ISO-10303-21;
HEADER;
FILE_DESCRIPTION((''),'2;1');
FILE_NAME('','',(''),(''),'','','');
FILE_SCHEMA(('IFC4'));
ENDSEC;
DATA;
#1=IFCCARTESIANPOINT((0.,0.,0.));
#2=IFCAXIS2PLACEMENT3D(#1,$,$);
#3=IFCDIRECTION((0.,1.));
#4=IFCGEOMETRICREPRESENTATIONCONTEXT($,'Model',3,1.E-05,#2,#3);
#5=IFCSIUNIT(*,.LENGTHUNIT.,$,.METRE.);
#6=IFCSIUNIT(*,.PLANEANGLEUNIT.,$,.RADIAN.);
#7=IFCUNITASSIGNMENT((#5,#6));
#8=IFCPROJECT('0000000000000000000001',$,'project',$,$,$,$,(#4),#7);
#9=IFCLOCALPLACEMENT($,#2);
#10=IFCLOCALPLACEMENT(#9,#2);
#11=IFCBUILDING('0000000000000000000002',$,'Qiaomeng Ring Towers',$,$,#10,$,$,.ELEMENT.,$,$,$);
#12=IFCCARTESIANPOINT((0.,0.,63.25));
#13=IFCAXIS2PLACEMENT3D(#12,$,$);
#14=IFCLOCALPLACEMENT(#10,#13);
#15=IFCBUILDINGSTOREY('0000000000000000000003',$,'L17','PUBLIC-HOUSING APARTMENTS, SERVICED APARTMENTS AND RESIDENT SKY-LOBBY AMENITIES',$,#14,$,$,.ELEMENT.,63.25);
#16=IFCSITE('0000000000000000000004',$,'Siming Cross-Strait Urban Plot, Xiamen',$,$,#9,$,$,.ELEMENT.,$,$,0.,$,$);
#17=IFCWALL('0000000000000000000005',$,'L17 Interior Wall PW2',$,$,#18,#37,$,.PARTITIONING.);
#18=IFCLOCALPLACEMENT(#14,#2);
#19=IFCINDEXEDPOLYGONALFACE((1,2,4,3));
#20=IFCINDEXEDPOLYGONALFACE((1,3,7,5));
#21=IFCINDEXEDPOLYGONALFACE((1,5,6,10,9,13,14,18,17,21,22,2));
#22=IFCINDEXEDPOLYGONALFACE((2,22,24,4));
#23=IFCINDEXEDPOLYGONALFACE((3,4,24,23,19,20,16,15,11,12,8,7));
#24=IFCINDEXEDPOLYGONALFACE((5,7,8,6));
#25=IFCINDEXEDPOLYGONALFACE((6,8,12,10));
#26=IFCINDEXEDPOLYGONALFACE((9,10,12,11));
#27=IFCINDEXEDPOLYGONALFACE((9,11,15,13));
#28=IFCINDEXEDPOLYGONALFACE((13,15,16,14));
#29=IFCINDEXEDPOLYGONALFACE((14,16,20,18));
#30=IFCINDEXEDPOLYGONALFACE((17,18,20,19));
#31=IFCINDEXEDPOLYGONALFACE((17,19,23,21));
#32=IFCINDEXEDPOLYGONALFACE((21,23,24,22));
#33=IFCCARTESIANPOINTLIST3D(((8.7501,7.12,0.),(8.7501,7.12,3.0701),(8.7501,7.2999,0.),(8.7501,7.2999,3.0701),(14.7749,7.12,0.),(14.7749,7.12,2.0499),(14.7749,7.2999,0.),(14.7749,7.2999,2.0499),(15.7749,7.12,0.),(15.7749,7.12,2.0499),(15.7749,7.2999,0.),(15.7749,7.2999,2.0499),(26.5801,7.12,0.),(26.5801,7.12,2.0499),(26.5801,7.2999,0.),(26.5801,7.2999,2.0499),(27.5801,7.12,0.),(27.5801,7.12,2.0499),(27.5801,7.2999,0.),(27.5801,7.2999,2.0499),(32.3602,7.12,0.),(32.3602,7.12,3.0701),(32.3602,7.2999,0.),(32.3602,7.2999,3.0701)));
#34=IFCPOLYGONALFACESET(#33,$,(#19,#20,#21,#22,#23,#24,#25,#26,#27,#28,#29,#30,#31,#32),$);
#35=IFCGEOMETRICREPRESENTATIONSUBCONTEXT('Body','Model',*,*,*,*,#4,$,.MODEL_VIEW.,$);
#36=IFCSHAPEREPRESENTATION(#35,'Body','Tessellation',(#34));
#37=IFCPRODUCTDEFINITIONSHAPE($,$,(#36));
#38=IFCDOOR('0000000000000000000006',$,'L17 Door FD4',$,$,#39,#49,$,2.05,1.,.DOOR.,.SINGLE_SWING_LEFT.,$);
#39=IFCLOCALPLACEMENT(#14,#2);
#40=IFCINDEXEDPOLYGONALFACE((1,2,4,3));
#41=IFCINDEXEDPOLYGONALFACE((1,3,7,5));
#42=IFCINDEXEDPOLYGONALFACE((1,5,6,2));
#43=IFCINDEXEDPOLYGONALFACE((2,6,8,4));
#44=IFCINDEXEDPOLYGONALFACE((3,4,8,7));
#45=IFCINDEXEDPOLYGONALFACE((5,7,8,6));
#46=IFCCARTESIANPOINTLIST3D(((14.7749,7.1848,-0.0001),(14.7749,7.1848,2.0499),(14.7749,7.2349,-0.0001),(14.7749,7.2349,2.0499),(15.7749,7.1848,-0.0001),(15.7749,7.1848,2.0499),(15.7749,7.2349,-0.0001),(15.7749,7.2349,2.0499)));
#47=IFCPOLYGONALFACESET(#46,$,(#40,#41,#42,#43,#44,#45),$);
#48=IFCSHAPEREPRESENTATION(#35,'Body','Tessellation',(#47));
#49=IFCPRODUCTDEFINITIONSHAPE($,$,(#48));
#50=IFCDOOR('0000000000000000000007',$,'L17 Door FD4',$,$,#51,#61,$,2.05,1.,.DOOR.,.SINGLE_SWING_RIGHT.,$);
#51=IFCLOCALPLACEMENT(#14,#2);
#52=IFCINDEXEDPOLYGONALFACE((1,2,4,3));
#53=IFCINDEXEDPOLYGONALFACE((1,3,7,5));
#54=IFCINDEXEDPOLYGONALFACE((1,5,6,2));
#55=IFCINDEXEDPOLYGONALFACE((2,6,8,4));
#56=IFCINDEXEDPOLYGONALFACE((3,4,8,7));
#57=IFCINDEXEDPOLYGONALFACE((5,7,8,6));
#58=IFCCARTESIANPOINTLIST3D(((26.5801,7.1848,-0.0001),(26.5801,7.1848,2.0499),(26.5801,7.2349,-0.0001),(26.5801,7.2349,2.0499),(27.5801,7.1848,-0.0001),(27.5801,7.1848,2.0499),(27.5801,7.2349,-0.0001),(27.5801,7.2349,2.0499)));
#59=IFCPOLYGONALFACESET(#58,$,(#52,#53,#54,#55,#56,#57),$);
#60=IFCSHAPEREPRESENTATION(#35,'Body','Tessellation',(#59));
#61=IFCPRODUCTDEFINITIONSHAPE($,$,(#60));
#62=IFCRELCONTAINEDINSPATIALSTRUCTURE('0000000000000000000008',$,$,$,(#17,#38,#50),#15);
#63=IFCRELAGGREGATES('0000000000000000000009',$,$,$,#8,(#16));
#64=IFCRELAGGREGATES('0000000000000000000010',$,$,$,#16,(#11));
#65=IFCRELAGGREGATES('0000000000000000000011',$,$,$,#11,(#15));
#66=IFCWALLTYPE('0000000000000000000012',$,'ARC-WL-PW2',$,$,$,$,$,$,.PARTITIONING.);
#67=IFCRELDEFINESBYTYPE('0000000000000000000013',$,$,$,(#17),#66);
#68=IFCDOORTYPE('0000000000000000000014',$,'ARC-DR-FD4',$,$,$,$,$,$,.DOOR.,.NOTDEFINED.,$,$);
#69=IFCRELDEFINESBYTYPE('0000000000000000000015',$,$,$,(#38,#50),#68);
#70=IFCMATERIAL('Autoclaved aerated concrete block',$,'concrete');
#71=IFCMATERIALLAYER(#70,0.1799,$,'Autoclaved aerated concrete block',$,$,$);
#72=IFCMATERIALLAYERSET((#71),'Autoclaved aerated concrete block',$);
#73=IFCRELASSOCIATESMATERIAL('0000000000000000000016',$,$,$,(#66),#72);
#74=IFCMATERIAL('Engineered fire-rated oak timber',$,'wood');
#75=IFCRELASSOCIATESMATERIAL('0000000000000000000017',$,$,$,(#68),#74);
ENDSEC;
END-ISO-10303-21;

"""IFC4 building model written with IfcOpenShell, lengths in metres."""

from ifc_helpers import new_model, si_unit, direction, frame, frame_2d, origin, place, context, subcontext, project, spatial, rectangle, extrude, source, transform, mapped, material, layer, layer_set, type_object, element, fill, save


model = new_model("IFC4")

# Units and contexts
model_context = context("Model", 3, precision=1e-05, world=origin(), true_north=direction((0.0, 1.0)))
body_context = subcontext(model_context, "Body", "Model", "MODEL_VIEW")
ifc_project = project(units=[si_unit("LENGTHUNIT", "METRE"), si_unit("PLANEANGLEUNIT", "RADIAN")], contexts=[model_context])

# Site, building, storey
site_placement = place(None, origin())
site = spatial("IfcSite", under=ifc_project, at=site_placement, Name="Siming Cross-Strait Urban Plot, Xiamen", CompositionType="ELEMENT", RefElevation=0.0)
building_placement = place(site_placement, origin())
building = spatial("IfcBuilding", under=site, at=building_placement, Name="Qiaomeng Ring Towers", CompositionType="ELEMENT")
storey_placement = place(building_placement, frame((0.0, 0.0, 63.25)))
storey = spatial("IfcBuildingStorey", under=building, at=storey_placement, Name="L17", Description="PUBLIC-HOUSING APARTMENTS, SERVICED APARTMENTS AND RESIDENT SKY-LOBBY AMENITIES", CompositionType="ELEMENT", Elevation=63.25)

# Wall, openings, doors
ifc_material_1 = material(Name="Autoclaved aerated concrete block", Category="concrete")
ifc_layer_1 = layer(ifc_material_1, 0.1799, Name="Autoclaved aerated concrete block")
ifc_layer_set_1 = layer_set([ifc_layer_1], Name="Autoclaved aerated concrete block")
wall_type_1 = type_object("IfcWallType", Name="ARC-WL-PW2", PredefinedType="PARTITIONING", material=ifc_layer_set_1)
wall_1_placement = place(storey_placement, frame((8.75, 7.21, 0.0), z_axis=(0.0, 0.0, 1.0), x_axis=(1.0, 0.0, 0.0)))
wall_1 = element("IfcWall", 1, at=wall_1_placement, inside=storey, type_object=wall_type_1, Name="L17 Interior Wall PW2", PredefinedType="PARTITIONING", context=body_context, shape_type="SweptSolid", body=[
    extrude(rectangle(XDim=23.6101, YDim=0.1799, at=frame_2d((11.8052, 0.0))), origin(), (0.0, 0.0, 1.0), 3.0701),
])
opening_1_placement = place(wall_1_placement, frame((6.0249, 0.0, 0.0)))
opening_1 = element("IfcOpeningElement", 2, at=opening_1_placement, cuts=wall_1, PredefinedType="OPENING", context=body_context, shape_type="SweptSolid", body=[
    extrude(rectangle(XDim=1.0, YDim=2.05, at=frame_2d((0.5, 1.0249))), frame((0.0, 0.0999, 0.0), z_axis=(0.0, -1.0, 0.0), x_axis=(1.0, 0.0, 0.0)), (0.0, 0.0, 1.0), 0.2),
])
opening_2_placement = place(wall_1_placement, frame((17.8301, 0.0, 0.0)))
opening_2 = element("IfcOpeningElement", 3, at=opening_2_placement, cuts=wall_1, PredefinedType="OPENING", context=body_context, shape_type="SweptSolid", body=[
    extrude(rectangle(XDim=1.0, YDim=2.05, at=frame_2d((0.5, 1.0249))), frame((0.0, 0.0999, 0.0), z_axis=(0.0, -1.0, 0.0), x_axis=(1.0, 0.0, 0.0)), (0.0, 0.0, 1.0), 0.2),
])
ifc_material_2 = material(Name="Engineered fire-rated oak timber", Category="wood")
door_type_1 = type_object("IfcDoorType", Name="ARC-DR-FD4", OperationType="NOTDEFINED", PredefinedType="DOOR", material=ifc_material_2)
shared_shape_1 = source(origin(), body_context, "Body", "SweptSolid", [
    extrude(rectangle(XDim=1.0, YDim=2.05, at=frame_2d((0.5, 1.0249))), frame((0.0, 0.0249, 0.0), z_axis=(0.0, -1.0, 0.0), x_axis=(1.0, 0.0, 0.0)), (0.0, 0.0, 1.0), 0.05),
])
door_1_placement = place(opening_1_placement, origin())
door_1 = element("IfcDoor", 4, at=door_1_placement, inside=storey, type_object=door_type_1, Name="L17 Door FD4", OperationType="SINGLE_SWING_LEFT", OverallHeight=2.05, OverallWidth=1.0, PredefinedType="DOOR", context=body_context, shape_type="MappedRepresentation", body=[
    mapped(shared_shape_1, transform((0.0, 0.0, 0.0), x_axis=(1.0, 0.0, 0.0), y_axis=(0.0, 1.0, 0.0), z_axis=(0.0, 0.0, 1.0), scale=1.0)),
])
fill(opening_1, door_1)
door_2_placement = place(opening_2_placement, origin())
door_2 = element("IfcDoor", 5, at=door_2_placement, inside=storey, type_object=door_type_1, Name="L17 Door FD4", OperationType="SINGLE_SWING_RIGHT", OverallHeight=2.05, OverallWidth=1.0, PredefinedType="DOOR", context=body_context, shape_type="MappedRepresentation", body=[
    mapped(shared_shape_1, transform((0.0, 0.0, 0.0), x_axis=(1.0, 0.0, 0.0), y_axis=(0.0, 1.0, 0.0), z_axis=(0.0, 0.0, 1.0), scale=1.0)),
])
fill(opening_2, door_2)

save(model, "model.ifc")
